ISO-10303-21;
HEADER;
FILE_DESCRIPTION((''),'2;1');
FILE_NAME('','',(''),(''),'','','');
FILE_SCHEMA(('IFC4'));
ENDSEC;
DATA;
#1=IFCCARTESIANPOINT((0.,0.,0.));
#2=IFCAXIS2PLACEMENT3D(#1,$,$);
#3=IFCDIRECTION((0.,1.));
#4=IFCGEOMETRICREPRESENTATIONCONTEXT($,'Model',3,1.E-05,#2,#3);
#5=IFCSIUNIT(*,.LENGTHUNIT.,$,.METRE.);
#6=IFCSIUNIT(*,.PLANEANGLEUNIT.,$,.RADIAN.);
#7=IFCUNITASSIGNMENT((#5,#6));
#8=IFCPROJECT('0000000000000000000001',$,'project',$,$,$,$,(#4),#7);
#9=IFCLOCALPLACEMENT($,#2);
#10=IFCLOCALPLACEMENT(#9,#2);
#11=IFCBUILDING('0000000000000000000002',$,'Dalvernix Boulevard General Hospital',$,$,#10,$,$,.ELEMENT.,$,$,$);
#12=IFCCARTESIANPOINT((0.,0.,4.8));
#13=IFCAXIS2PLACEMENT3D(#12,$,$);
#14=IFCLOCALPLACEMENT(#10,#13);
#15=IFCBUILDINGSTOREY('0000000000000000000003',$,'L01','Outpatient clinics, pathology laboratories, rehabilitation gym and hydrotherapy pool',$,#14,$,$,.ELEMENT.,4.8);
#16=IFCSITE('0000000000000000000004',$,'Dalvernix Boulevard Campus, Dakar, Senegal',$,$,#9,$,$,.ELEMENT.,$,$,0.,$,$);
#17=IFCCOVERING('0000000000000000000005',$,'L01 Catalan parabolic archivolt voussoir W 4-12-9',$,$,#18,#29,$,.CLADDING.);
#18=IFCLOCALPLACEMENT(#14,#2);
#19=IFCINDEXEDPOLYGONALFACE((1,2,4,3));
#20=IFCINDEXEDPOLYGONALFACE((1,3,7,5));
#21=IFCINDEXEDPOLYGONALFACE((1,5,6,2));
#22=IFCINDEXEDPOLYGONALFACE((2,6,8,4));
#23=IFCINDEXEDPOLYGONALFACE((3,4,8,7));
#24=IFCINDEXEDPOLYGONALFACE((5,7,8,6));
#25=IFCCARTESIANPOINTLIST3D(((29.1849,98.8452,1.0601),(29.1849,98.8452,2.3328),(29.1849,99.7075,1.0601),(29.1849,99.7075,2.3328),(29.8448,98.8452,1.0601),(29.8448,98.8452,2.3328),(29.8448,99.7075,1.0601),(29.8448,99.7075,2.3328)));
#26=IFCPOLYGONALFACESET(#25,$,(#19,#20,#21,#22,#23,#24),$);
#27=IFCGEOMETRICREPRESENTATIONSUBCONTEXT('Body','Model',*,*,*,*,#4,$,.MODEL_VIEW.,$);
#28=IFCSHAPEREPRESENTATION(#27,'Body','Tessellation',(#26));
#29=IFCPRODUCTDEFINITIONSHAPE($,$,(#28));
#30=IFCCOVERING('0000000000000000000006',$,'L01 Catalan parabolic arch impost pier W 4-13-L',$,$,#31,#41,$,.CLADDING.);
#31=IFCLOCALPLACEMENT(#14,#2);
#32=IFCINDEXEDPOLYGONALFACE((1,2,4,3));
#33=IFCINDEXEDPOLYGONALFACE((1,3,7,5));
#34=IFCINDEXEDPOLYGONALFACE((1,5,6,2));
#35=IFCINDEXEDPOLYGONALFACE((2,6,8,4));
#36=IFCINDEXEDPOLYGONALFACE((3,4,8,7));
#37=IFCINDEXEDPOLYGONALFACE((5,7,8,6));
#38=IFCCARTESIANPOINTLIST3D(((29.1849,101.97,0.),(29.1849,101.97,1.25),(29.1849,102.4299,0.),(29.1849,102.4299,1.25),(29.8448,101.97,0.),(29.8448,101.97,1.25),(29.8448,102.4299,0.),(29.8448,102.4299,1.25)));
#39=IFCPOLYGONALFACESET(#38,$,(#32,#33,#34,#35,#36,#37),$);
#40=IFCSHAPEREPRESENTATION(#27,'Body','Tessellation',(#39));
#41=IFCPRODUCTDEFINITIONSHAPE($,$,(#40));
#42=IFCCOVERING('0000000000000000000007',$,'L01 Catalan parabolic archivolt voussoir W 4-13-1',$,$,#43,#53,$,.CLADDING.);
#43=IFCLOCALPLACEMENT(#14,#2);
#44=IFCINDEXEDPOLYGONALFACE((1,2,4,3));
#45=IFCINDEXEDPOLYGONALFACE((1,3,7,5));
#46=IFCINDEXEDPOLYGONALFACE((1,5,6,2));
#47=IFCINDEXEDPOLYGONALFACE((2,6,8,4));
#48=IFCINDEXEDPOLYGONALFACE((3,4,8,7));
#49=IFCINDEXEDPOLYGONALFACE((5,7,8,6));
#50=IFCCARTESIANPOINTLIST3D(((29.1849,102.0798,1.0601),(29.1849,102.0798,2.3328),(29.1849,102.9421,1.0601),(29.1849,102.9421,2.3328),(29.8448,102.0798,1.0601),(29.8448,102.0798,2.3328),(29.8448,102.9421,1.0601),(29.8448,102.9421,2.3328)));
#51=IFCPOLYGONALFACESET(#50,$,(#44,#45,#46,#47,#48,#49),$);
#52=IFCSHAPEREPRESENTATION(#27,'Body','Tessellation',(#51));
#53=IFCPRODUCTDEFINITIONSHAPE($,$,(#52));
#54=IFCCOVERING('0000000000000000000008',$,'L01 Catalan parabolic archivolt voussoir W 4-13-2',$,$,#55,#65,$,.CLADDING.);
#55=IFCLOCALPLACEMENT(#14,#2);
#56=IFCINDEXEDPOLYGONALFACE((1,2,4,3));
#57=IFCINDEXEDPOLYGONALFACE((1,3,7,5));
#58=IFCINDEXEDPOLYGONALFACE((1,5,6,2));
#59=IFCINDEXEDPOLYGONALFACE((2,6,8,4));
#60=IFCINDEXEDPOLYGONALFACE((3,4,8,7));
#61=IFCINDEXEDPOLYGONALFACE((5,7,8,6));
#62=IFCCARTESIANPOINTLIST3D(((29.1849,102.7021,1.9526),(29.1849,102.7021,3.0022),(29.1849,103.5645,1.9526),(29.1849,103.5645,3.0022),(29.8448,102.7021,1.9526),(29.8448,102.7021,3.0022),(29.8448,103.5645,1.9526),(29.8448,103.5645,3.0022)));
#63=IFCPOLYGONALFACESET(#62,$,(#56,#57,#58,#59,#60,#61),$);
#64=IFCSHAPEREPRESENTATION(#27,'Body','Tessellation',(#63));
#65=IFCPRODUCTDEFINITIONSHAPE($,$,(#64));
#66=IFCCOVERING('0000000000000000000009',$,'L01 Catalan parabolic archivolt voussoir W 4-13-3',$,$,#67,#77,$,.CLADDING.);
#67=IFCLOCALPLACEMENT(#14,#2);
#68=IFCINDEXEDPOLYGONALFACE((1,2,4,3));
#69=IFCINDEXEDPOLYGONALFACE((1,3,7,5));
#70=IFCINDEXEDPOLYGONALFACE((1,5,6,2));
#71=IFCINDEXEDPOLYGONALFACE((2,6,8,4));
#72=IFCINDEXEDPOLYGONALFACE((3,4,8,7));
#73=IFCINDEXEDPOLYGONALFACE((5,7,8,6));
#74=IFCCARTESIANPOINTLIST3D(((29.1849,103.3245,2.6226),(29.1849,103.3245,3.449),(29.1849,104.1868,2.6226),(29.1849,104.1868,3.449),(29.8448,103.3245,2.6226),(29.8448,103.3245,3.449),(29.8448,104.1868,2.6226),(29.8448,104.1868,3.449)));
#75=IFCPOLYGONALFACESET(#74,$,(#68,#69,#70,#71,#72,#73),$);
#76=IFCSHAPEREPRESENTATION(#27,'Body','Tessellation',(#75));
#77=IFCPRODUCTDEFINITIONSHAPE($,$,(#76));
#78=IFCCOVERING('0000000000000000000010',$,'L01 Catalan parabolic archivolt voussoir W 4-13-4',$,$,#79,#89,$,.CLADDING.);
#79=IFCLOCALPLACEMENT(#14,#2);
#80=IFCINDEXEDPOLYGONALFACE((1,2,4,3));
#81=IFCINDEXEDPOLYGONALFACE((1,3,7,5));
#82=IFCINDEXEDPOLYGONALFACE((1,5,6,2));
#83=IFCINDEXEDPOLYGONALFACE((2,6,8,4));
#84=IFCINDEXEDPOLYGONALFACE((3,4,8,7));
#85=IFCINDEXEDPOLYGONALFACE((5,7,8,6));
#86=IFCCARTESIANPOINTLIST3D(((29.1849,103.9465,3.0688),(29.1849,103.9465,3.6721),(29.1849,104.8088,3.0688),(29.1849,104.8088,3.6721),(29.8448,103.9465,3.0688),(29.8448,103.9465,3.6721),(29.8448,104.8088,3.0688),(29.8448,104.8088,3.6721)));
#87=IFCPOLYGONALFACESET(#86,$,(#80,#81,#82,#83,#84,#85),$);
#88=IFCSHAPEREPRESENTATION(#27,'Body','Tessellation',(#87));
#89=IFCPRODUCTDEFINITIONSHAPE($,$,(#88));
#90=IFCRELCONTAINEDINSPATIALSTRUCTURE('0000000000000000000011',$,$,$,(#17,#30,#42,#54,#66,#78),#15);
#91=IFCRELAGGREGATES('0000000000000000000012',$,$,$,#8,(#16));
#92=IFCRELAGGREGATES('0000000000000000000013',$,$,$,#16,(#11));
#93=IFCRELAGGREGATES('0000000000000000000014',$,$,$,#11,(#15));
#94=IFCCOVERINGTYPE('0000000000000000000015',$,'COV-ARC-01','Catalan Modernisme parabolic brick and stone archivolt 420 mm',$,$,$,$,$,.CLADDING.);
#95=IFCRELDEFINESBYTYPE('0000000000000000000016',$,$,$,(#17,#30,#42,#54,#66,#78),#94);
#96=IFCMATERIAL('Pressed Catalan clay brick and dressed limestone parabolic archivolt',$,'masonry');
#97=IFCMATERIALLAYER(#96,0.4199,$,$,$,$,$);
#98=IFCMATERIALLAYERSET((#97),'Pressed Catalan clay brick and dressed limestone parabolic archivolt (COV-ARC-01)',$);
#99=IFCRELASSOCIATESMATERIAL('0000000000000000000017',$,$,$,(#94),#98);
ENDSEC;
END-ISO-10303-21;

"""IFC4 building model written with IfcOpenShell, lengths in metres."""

from ifc_helpers import new_model, si_unit, direction, frame, origin, origin_2d, place, context, subcontext, project, spatial, rectangle, extrude, material, layer, layer_set, type_object, element, save


model = new_model("IFC4")

# Units and contexts
model_context = context("Model", 3, precision=1e-05, world=origin(), true_north=direction((0.0, 1.0)))
body_context = subcontext(model_context, "Body", "Model", "MODEL_VIEW")
ifc_project = project(units=[si_unit("LENGTHUNIT", "METRE"), si_unit("PLANEANGLEUNIT", "RADIAN")], contexts=[model_context])

# Site, building, storey
site_placement = place(None, origin())
site = spatial("IfcSite", under=ifc_project, at=site_placement, Name="Dalvernix Boulevard Campus, Dakar, Senegal", CompositionType="ELEMENT", RefElevation=0.0)
building_placement = place(site_placement, origin())
building = spatial("IfcBuilding", under=site, at=building_placement, Name="Dalvernix Boulevard General Hospital", CompositionType="ELEMENT")
storey_placement = place(building_placement, frame((0.0, 0.0, 4.8)))
storey = spatial("IfcBuildingStorey", under=building, at=storey_placement, Name="L01", Description="Outpatient clinics, pathology laboratories, rehabilitation gym and hydrotherapy pool", CompositionType="ELEMENT", Elevation=4.8)

# Coverings
ifc_material_1 = material(Name="Pressed Catalan clay brick and dressed limestone parabolic archivolt", Category="masonry")
ifc_layer_1 = layer(ifc_material_1, 0.4199)
ifc_layer_set_1 = layer_set([ifc_layer_1], Name="Pressed Catalan clay brick and dressed limestone parabolic archivolt (COV-ARC-01)")
covering_type = type_object("IfcCoveringType", Name="COV-ARC-01", Description="Catalan Modernisme parabolic brick and stone archivolt 420 mm", PredefinedType="CLADDING", material=ifc_layer_set_1)
covering_1_placement = place(storey_placement, frame((29.5149, 99.2764, 1.0601), z_axis=(0.0, 0.0, 1.0), x_axis=(0.0, 1.0, 0.0)))
element("IfcCovering", 1, at=covering_1_placement, inside=storey, type_object=covering_type, Name="L01 Catalan parabolic archivolt voussoir W 4-12-9", PredefinedType="CLADDING", context=body_context, shape_type="SweptSolid", body=[
    extrude(rectangle(XDim=0.8623, YDim=0.6599, at=origin_2d()), origin(), (0.0, 0.0, 1.0), 1.2727),
])
covering_2_placement = place(storey_placement, frame((29.5149, 102.2, 0.0), z_axis=(0.0, 0.0, 1.0), x_axis=(0.0, 1.0, 0.0)))
element("IfcCovering", 2, at=covering_2_placement, inside=storey, type_object=covering_type, Name="L01 Catalan parabolic arch impost pier W 4-13-L", PredefinedType="CLADDING", context=body_context, shape_type="SweptSolid", body=[
    extrude(rectangle(XDim=0.46, YDim=0.6599, at=origin_2d()), origin(), (0.0, 0.0, 1.0), 1.25),
])
covering_3_placement = place(storey_placement, frame((29.5149, 102.511, 1.0601), z_axis=(0.0, 0.0, 1.0), x_axis=(0.0, 1.0, 0.0)))
element("IfcCovering", 3, at=covering_3_placement, inside=storey, type_object=covering_type, Name="L01 Catalan parabolic archivolt voussoir W 4-13-1", PredefinedType="CLADDING", context=body_context, shape_type="SweptSolid", body=[
    extrude(rectangle(XDim=0.8623, YDim=0.6599, at=origin_2d()), origin(), (0.0, 0.0, 1.0), 1.2727),
])
covering_4_placement = place(storey_placement, frame((29.5149, 103.1333, 1.9526), z_axis=(0.0, 0.0, 1.0), x_axis=(0.0, 1.0, 0.0)))
element("IfcCovering", 4, at=covering_4_placement, inside=storey, type_object=covering_type, Name="L01 Catalan parabolic archivolt voussoir W 4-13-2", PredefinedType="CLADDING", context=body_context, shape_type="SweptSolid", body=[
    extrude(rectangle(XDim=0.8623, YDim=0.6599, at=origin_2d()), origin(), (0.0, 0.0, 1.0), 1.0496),
])
covering_5_placement = place(storey_placement, frame((29.5149, 103.7556, 2.6226), z_axis=(0.0, 0.0, 1.0), x_axis=(0.0, 1.0, 0.0)))
element("IfcCovering", 5, at=covering_5_placement, inside=storey, type_object=covering_type, Name="L01 Catalan parabolic archivolt voussoir W 4-13-3", PredefinedType="CLADDING", context=body_context, shape_type="SweptSolid", body=[
    extrude(rectangle(XDim=0.8623, YDim=0.6599, at=origin_2d()), origin(), (0.0, 0.0, 1.0), 0.8264),
])
covering_6_placement = place(storey_placement, frame((29.5149, 104.3777, 3.0688), z_axis=(0.0, 0.0, 1.0), x_axis=(0.0, 1.0, 0.0)))
element("IfcCovering", 6, at=covering_6_placement, inside=storey, type_object=covering_type, Name="L01 Catalan parabolic archivolt voussoir W 4-13-4", PredefinedType="CLADDING", context=body_context, shape_type="SweptSolid", body=[
    extrude(rectangle(XDim=0.8623, YDim=0.6599, at=origin_2d()), origin(), (0.0, 0.0, 1.0), 0.6033),
])

save(model, "model.ifc")
